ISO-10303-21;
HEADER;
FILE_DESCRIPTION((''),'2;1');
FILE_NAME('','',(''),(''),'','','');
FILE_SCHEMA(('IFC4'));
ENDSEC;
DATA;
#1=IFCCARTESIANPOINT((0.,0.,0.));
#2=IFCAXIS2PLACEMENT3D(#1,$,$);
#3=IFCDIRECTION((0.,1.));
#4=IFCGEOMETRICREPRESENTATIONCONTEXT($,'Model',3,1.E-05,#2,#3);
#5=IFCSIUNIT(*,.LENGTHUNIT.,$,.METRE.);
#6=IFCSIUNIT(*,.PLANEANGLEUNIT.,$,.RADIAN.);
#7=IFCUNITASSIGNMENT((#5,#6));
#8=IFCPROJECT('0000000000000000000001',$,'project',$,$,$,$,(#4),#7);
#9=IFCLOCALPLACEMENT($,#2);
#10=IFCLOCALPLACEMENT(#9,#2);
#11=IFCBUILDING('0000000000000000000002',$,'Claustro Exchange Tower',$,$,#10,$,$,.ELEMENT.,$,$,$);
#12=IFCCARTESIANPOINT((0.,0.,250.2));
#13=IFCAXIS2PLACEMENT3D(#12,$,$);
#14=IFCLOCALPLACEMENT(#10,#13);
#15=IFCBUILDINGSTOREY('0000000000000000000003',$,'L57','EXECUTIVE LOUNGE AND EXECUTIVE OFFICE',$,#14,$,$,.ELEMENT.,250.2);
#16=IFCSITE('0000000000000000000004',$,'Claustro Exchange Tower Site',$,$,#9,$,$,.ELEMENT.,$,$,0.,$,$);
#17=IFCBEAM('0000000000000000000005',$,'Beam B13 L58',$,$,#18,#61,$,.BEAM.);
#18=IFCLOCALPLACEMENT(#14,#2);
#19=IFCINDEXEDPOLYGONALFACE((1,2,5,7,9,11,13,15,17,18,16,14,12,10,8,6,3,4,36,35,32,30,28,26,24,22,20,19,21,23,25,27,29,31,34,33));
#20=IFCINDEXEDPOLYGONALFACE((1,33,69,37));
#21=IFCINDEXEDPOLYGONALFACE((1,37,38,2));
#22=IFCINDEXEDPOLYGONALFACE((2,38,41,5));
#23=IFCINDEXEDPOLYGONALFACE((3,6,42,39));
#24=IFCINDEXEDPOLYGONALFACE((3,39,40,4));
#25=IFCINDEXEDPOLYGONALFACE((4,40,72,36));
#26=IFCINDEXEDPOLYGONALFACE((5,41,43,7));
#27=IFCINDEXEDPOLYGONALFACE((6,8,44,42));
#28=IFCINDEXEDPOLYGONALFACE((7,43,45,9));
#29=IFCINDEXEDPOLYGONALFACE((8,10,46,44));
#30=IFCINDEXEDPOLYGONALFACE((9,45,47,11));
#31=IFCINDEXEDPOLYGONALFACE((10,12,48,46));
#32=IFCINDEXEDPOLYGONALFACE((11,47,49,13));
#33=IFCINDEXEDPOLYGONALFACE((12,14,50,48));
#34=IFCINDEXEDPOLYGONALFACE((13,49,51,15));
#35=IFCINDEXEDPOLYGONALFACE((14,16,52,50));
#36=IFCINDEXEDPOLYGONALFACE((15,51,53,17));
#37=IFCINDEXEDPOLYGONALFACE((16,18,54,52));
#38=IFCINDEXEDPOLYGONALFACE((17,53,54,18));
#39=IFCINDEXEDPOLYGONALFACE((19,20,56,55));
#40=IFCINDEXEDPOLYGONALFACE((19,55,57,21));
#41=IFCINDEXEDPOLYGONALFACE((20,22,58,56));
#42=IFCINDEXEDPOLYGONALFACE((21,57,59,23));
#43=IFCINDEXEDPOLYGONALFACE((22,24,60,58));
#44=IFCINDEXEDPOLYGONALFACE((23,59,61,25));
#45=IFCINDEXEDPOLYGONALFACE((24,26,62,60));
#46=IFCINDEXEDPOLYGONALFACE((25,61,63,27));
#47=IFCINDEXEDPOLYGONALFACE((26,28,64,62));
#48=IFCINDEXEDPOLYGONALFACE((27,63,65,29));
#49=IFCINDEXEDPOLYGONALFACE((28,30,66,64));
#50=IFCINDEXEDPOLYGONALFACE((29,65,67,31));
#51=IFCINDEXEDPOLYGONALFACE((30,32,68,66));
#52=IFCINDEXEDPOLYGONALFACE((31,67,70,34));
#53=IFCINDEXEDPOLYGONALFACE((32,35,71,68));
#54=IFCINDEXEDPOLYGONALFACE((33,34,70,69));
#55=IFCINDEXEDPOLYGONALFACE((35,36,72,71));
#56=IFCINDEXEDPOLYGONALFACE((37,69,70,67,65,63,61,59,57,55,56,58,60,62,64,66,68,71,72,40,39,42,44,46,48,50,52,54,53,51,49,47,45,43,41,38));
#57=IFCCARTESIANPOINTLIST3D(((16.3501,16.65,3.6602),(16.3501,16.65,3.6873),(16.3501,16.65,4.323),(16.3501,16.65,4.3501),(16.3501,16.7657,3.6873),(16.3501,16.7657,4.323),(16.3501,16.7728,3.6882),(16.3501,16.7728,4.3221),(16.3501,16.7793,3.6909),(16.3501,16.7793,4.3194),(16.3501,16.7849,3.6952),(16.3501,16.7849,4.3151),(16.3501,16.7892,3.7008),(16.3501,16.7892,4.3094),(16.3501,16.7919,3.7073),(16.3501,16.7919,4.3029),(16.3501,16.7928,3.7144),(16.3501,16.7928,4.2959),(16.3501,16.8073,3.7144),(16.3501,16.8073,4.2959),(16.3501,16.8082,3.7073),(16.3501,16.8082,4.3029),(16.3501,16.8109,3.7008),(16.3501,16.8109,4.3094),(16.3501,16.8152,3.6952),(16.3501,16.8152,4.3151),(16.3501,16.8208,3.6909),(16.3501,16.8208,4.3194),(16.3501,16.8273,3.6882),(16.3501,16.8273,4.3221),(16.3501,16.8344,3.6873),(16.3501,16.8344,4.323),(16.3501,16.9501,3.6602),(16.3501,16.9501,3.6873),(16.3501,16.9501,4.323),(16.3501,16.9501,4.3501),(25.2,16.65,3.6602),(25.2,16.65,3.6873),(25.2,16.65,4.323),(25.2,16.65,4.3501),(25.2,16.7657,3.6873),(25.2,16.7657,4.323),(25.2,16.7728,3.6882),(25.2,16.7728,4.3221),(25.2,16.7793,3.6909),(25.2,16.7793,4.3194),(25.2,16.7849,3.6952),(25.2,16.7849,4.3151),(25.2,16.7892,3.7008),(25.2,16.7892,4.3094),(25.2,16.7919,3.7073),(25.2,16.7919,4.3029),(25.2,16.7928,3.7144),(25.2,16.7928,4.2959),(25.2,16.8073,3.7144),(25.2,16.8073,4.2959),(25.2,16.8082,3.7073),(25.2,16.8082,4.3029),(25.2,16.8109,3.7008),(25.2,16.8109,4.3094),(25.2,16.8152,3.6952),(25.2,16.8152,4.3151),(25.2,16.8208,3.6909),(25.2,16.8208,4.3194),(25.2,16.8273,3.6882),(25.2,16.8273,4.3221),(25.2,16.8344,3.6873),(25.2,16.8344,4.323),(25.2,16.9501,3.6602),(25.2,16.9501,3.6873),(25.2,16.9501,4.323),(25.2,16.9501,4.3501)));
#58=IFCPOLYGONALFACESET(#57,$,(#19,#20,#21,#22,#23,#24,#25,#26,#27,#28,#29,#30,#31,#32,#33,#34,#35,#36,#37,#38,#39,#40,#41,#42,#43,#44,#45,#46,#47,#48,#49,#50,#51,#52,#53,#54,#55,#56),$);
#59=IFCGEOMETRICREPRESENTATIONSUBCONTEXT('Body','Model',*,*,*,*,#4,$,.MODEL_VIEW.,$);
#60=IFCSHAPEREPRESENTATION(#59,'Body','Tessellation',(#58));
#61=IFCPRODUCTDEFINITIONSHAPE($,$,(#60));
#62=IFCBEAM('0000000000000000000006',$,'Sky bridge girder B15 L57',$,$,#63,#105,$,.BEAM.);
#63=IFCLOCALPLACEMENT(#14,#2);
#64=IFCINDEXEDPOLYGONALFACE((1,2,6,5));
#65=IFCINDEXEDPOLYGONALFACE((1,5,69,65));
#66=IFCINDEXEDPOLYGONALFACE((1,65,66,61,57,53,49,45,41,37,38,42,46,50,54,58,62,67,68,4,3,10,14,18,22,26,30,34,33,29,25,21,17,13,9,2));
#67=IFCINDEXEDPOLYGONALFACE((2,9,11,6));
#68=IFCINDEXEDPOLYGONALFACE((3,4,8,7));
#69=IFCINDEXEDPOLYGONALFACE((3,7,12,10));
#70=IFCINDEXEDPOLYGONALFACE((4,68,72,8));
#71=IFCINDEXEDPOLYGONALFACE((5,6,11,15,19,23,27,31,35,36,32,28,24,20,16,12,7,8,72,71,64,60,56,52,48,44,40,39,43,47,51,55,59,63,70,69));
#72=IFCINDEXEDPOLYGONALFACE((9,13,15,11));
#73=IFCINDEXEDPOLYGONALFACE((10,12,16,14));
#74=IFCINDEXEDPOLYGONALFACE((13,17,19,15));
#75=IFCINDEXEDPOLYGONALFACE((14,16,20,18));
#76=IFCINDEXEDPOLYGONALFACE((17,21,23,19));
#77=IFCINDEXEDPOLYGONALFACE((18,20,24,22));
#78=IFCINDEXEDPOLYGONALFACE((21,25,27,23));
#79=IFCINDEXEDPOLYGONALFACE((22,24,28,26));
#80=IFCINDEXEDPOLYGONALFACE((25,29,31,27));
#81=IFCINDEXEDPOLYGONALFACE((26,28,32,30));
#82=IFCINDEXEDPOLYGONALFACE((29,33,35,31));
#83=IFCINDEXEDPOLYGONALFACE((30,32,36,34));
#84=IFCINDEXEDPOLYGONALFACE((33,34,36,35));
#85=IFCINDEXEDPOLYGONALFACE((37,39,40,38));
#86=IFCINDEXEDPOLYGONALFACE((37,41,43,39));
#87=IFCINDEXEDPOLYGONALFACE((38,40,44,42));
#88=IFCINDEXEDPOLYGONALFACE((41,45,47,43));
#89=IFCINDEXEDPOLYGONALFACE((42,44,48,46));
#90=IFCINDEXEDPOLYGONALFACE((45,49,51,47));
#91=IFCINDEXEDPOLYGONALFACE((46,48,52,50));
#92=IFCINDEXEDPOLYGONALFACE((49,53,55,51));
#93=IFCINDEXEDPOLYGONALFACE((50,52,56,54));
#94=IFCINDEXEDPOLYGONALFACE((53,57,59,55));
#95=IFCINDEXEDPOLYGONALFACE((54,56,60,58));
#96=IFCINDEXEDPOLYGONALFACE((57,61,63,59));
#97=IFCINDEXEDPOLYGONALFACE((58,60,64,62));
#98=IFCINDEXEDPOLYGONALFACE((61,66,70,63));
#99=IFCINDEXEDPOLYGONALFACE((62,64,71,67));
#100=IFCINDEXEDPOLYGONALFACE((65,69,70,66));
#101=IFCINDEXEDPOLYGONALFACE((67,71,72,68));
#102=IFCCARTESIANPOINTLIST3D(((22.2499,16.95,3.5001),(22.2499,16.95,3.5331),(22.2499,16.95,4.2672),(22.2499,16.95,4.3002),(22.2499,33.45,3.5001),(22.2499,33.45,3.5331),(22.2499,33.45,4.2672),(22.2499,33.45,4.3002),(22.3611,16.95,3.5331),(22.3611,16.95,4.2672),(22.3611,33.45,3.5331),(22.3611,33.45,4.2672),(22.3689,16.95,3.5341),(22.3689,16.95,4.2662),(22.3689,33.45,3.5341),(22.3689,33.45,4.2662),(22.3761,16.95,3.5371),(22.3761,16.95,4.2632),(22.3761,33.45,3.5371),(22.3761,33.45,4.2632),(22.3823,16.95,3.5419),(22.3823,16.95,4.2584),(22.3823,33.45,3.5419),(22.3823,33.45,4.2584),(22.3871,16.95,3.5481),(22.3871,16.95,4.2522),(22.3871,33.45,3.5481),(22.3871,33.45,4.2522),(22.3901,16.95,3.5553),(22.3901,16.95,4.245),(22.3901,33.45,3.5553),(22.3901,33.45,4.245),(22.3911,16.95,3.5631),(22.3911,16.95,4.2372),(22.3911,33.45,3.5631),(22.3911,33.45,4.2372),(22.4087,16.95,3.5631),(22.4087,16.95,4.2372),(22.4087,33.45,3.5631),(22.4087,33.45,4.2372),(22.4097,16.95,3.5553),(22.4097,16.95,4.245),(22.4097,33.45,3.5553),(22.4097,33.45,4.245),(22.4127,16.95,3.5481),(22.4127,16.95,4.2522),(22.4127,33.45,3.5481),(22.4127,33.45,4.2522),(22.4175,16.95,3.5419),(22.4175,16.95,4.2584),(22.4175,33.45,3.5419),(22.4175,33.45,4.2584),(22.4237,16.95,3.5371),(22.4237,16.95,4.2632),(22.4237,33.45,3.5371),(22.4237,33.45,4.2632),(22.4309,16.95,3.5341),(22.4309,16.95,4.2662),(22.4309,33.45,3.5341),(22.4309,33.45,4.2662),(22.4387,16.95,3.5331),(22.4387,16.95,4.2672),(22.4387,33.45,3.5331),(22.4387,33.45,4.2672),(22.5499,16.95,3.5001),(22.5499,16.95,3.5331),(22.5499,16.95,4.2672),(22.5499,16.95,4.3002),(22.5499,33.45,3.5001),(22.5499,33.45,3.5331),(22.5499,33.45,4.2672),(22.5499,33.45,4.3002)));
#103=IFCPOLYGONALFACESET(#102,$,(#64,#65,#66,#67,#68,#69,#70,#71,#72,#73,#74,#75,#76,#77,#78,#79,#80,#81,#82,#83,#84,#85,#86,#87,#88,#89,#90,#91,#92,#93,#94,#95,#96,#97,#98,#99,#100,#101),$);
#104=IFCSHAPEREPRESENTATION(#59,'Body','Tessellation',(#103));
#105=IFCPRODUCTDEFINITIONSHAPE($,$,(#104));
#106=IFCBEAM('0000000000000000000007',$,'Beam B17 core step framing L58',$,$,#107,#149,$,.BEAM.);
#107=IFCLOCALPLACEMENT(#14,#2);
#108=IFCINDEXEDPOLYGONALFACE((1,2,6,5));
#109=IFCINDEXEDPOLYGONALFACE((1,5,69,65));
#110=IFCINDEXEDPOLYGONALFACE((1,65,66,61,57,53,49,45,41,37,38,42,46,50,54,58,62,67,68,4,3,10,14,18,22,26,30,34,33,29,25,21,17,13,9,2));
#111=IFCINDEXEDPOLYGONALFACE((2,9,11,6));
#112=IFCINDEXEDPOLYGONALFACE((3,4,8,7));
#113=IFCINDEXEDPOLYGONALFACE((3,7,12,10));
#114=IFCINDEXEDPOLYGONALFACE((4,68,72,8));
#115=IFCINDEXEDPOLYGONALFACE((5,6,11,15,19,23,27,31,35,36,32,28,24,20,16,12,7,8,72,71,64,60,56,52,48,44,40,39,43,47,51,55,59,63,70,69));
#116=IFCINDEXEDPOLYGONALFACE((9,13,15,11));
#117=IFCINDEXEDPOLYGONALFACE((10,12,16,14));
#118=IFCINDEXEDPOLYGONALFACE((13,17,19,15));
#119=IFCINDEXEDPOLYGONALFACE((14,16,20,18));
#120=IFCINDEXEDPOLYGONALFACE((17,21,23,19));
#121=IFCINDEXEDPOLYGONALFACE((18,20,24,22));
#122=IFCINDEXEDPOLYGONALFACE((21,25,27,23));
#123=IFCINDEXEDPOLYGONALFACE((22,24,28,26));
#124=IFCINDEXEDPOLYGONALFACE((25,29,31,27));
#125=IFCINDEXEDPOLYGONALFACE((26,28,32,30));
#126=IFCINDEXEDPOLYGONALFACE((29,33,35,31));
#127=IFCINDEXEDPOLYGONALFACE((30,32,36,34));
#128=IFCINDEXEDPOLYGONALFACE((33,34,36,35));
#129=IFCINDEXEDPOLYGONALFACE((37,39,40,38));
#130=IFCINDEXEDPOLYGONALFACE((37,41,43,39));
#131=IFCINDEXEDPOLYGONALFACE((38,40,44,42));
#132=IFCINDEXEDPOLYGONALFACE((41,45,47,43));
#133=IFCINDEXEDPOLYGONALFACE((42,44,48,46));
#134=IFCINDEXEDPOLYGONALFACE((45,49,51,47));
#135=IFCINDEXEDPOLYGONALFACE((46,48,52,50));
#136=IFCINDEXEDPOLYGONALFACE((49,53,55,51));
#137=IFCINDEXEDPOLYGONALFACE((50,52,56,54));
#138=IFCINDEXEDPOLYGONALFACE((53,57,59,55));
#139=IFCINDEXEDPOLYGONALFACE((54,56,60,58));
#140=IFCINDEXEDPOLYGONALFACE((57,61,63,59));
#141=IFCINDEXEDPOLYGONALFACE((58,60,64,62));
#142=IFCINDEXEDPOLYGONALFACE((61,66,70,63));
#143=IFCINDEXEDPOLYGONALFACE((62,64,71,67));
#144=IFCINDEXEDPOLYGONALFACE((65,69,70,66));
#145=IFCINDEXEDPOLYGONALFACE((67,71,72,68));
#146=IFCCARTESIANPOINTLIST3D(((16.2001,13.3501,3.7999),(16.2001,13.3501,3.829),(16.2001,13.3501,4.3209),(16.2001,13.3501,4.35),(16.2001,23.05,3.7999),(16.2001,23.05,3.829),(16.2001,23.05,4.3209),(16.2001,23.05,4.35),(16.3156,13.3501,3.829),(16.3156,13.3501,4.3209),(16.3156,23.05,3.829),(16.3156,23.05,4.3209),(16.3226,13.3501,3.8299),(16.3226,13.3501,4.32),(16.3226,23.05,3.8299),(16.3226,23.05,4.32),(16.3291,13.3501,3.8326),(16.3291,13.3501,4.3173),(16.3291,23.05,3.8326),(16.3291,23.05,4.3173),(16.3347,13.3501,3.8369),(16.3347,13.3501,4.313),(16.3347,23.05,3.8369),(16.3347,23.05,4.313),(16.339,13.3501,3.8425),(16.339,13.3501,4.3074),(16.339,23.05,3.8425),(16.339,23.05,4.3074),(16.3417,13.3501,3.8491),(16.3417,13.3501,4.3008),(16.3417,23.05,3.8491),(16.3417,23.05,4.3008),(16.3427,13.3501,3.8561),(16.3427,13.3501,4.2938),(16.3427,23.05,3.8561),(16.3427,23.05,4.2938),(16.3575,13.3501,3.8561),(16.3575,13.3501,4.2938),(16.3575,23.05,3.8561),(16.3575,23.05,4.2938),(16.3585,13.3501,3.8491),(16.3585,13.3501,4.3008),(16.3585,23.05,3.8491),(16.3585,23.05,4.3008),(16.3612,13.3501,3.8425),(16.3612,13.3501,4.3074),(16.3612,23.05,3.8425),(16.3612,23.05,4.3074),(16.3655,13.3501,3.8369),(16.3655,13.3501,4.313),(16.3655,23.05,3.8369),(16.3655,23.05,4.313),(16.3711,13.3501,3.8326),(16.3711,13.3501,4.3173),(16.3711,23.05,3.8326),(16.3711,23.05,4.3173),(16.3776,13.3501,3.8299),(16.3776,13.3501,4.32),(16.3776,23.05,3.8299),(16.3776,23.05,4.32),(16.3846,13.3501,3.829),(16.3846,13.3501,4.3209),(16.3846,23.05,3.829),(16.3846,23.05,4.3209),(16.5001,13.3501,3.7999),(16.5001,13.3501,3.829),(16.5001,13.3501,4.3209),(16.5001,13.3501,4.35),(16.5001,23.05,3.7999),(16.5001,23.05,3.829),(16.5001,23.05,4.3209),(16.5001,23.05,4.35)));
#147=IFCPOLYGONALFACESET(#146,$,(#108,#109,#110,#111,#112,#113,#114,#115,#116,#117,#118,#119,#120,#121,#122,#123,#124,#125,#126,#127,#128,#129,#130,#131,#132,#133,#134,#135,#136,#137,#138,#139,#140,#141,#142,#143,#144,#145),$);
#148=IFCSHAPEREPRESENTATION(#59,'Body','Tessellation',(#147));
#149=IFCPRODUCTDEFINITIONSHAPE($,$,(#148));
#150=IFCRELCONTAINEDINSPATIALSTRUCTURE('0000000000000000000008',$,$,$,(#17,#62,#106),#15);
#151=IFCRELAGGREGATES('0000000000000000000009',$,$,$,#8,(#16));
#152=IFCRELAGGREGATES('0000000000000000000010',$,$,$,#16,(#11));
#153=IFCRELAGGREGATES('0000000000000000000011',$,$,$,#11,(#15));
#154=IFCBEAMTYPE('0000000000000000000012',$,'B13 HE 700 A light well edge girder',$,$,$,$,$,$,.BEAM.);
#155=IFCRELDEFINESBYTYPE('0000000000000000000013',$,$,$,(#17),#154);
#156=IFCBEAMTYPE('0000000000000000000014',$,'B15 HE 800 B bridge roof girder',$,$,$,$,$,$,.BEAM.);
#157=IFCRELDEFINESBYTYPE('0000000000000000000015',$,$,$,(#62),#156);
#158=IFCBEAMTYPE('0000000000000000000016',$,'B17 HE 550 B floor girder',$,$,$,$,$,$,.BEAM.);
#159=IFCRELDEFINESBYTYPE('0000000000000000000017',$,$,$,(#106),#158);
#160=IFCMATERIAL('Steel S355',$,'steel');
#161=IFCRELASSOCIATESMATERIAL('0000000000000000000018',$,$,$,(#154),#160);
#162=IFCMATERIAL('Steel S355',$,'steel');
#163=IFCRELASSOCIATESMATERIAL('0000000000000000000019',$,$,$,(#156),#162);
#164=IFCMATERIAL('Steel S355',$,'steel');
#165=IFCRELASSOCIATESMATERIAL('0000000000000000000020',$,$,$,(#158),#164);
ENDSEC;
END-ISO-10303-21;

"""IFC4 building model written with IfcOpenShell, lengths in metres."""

from ifc_helpers import new_model, si_unit, direction, frame, origin, origin_2d, place, context, subcontext, project, spatial, i_section, extrude, material, material_profile, profile_set, type_object, element, save


model = new_model("IFC4")

# Units and contexts
model_context = context("Model", 3, precision=1e-05, world=origin(), true_north=direction((0.0, 1.0)))
body_context = subcontext(model_context, "Body", "Model", "MODEL_VIEW")
ifc_project = project(units=[si_unit("LENGTHUNIT", "METRE"), si_unit("PLANEANGLEUNIT", "RADIAN")], contexts=[model_context])

# Site, building, storey
site_placement = place(None, origin())
site = spatial("IfcSite", under=ifc_project, at=site_placement, Name="Claustro Exchange Tower Site", CompositionType="ELEMENT", RefElevation=0.0)
building_placement = place(site_placement, origin())
building = spatial("IfcBuilding", under=site, at=building_placement, Name="Claustro Exchange Tower", CompositionType="ELEMENT")
storey_placement = place(building_placement, frame((0.0, 0.0, 250.2)))
storey = spatial("IfcBuildingStorey", under=building, at=storey_placement, Name="L57", Description="EXECUTIVE LOUNGE AND EXECUTIVE OFFICE", CompositionType="ELEMENT", Elevation=250.2)

# Beams
ifc_material_1 = material(Name="Steel S355", Category="steel")
ifc_material_profile_1 = material_profile(ifc_material_1, i_section(OverallWidth=0.3, OverallDepth=0.6899, WebThickness=0.0144, FlangeThickness=0.0271, FilletRadius=0.0271, at=origin_2d()), Name="HE 700 A")
ifc_profile_set_1 = profile_set([ifc_material_profile_1], Name="Steel S355")
beam_type_1 = type_object("IfcBeamType", Name="B13 HE 700 A light well edge girder", PredefinedType="BEAM", material=ifc_profile_set_1)
beam_1_placement = place(storey_placement, frame((16.3501, 16.8, 4.0051), z_axis=(1.0, 0.0, 0.0), x_axis=(0.0, 1.0, 0.0)))
element("IfcBeam", 1, at=beam_1_placement, inside=storey, type_object=beam_type_1, Name="Beam B13 L58", PredefinedType="BEAM", context=body_context, shape_type="SweptSolid", body=[
    extrude(i_section(OverallWidth=0.3, OverallDepth=0.6899, WebThickness=0.0144, FlangeThickness=0.0271, FilletRadius=0.0271, at=origin_2d()), origin(), (0.0, 0.0, 1.0), 8.8499),
])
ifc_material_2 = material(Name="Steel S355", Category="steel")
ifc_material_profile_2 = material_profile(ifc_material_2, i_section(OverallWidth=0.3, OverallDepth=0.8, WebThickness=0.0176, FlangeThickness=0.033, FilletRadius=0.03, at=origin_2d()), Name="HE 800 B")
ifc_profile_set_2 = profile_set([ifc_material_profile_2], Name="Steel S355")
beam_type_2 = type_object("IfcBeamType", Name="B15 HE 800 B bridge roof girder", PredefinedType="BEAM", material=ifc_profile_set_2)
beam_2_placement = place(storey_placement, frame((22.3999, 16.95, 3.9001), z_axis=(0.0, 1.0, 0.0), x_axis=(-1.0, 0.0, 0.0)))
element("IfcBeam", 2, at=beam_2_placement, inside=storey, type_object=beam_type_2, Name="Sky bridge girder B15 L57", PredefinedType="BEAM", context=body_context, shape_type="SweptSolid", body=[
    extrude(i_section(OverallWidth=0.3, OverallDepth=0.8, WebThickness=0.0176, FlangeThickness=0.033, FilletRadius=0.03, at=origin_2d()), origin(), (0.0, 0.0, 1.0), 16.5),
])
ifc_material_3 = material(Name="Steel S355", Category="steel")
ifc_material_profile_3 = material_profile(ifc_material_3, i_section(OverallWidth=0.3, OverallDepth=0.55, WebThickness=0.0149, FlangeThickness=0.0291, FilletRadius=0.0271, at=origin_2d()), Name="HE 550 B")
ifc_profile_set_3 = profile_set([ifc_material_profile_3], Name="Steel S355")
beam_type_3 = type_object("IfcBeamType", Name="B17 HE 550 B floor girder", PredefinedType="BEAM", material=ifc_profile_set_3)
beam_3_placement = place(storey_placement, frame((16.3501, 13.3501, 4.075), z_axis=(0.0, 1.0, 0.0), x_axis=(-1.0, 0.0, 0.0)))
element("IfcBeam", 3, at=beam_3_placement, inside=storey, type_object=beam_type_3, Name="Beam B17 core step framing L58", PredefinedType="BEAM", context=body_context, shape_type="SweptSolid", body=[
    extrude(i_section(OverallWidth=0.3, OverallDepth=0.55, WebThickness=0.0149, FlangeThickness=0.0291, FilletRadius=0.0271, at=origin_2d()), origin(), (0.0, 0.0, 1.0), 9.7),
])

save(model, "model.ifc")
